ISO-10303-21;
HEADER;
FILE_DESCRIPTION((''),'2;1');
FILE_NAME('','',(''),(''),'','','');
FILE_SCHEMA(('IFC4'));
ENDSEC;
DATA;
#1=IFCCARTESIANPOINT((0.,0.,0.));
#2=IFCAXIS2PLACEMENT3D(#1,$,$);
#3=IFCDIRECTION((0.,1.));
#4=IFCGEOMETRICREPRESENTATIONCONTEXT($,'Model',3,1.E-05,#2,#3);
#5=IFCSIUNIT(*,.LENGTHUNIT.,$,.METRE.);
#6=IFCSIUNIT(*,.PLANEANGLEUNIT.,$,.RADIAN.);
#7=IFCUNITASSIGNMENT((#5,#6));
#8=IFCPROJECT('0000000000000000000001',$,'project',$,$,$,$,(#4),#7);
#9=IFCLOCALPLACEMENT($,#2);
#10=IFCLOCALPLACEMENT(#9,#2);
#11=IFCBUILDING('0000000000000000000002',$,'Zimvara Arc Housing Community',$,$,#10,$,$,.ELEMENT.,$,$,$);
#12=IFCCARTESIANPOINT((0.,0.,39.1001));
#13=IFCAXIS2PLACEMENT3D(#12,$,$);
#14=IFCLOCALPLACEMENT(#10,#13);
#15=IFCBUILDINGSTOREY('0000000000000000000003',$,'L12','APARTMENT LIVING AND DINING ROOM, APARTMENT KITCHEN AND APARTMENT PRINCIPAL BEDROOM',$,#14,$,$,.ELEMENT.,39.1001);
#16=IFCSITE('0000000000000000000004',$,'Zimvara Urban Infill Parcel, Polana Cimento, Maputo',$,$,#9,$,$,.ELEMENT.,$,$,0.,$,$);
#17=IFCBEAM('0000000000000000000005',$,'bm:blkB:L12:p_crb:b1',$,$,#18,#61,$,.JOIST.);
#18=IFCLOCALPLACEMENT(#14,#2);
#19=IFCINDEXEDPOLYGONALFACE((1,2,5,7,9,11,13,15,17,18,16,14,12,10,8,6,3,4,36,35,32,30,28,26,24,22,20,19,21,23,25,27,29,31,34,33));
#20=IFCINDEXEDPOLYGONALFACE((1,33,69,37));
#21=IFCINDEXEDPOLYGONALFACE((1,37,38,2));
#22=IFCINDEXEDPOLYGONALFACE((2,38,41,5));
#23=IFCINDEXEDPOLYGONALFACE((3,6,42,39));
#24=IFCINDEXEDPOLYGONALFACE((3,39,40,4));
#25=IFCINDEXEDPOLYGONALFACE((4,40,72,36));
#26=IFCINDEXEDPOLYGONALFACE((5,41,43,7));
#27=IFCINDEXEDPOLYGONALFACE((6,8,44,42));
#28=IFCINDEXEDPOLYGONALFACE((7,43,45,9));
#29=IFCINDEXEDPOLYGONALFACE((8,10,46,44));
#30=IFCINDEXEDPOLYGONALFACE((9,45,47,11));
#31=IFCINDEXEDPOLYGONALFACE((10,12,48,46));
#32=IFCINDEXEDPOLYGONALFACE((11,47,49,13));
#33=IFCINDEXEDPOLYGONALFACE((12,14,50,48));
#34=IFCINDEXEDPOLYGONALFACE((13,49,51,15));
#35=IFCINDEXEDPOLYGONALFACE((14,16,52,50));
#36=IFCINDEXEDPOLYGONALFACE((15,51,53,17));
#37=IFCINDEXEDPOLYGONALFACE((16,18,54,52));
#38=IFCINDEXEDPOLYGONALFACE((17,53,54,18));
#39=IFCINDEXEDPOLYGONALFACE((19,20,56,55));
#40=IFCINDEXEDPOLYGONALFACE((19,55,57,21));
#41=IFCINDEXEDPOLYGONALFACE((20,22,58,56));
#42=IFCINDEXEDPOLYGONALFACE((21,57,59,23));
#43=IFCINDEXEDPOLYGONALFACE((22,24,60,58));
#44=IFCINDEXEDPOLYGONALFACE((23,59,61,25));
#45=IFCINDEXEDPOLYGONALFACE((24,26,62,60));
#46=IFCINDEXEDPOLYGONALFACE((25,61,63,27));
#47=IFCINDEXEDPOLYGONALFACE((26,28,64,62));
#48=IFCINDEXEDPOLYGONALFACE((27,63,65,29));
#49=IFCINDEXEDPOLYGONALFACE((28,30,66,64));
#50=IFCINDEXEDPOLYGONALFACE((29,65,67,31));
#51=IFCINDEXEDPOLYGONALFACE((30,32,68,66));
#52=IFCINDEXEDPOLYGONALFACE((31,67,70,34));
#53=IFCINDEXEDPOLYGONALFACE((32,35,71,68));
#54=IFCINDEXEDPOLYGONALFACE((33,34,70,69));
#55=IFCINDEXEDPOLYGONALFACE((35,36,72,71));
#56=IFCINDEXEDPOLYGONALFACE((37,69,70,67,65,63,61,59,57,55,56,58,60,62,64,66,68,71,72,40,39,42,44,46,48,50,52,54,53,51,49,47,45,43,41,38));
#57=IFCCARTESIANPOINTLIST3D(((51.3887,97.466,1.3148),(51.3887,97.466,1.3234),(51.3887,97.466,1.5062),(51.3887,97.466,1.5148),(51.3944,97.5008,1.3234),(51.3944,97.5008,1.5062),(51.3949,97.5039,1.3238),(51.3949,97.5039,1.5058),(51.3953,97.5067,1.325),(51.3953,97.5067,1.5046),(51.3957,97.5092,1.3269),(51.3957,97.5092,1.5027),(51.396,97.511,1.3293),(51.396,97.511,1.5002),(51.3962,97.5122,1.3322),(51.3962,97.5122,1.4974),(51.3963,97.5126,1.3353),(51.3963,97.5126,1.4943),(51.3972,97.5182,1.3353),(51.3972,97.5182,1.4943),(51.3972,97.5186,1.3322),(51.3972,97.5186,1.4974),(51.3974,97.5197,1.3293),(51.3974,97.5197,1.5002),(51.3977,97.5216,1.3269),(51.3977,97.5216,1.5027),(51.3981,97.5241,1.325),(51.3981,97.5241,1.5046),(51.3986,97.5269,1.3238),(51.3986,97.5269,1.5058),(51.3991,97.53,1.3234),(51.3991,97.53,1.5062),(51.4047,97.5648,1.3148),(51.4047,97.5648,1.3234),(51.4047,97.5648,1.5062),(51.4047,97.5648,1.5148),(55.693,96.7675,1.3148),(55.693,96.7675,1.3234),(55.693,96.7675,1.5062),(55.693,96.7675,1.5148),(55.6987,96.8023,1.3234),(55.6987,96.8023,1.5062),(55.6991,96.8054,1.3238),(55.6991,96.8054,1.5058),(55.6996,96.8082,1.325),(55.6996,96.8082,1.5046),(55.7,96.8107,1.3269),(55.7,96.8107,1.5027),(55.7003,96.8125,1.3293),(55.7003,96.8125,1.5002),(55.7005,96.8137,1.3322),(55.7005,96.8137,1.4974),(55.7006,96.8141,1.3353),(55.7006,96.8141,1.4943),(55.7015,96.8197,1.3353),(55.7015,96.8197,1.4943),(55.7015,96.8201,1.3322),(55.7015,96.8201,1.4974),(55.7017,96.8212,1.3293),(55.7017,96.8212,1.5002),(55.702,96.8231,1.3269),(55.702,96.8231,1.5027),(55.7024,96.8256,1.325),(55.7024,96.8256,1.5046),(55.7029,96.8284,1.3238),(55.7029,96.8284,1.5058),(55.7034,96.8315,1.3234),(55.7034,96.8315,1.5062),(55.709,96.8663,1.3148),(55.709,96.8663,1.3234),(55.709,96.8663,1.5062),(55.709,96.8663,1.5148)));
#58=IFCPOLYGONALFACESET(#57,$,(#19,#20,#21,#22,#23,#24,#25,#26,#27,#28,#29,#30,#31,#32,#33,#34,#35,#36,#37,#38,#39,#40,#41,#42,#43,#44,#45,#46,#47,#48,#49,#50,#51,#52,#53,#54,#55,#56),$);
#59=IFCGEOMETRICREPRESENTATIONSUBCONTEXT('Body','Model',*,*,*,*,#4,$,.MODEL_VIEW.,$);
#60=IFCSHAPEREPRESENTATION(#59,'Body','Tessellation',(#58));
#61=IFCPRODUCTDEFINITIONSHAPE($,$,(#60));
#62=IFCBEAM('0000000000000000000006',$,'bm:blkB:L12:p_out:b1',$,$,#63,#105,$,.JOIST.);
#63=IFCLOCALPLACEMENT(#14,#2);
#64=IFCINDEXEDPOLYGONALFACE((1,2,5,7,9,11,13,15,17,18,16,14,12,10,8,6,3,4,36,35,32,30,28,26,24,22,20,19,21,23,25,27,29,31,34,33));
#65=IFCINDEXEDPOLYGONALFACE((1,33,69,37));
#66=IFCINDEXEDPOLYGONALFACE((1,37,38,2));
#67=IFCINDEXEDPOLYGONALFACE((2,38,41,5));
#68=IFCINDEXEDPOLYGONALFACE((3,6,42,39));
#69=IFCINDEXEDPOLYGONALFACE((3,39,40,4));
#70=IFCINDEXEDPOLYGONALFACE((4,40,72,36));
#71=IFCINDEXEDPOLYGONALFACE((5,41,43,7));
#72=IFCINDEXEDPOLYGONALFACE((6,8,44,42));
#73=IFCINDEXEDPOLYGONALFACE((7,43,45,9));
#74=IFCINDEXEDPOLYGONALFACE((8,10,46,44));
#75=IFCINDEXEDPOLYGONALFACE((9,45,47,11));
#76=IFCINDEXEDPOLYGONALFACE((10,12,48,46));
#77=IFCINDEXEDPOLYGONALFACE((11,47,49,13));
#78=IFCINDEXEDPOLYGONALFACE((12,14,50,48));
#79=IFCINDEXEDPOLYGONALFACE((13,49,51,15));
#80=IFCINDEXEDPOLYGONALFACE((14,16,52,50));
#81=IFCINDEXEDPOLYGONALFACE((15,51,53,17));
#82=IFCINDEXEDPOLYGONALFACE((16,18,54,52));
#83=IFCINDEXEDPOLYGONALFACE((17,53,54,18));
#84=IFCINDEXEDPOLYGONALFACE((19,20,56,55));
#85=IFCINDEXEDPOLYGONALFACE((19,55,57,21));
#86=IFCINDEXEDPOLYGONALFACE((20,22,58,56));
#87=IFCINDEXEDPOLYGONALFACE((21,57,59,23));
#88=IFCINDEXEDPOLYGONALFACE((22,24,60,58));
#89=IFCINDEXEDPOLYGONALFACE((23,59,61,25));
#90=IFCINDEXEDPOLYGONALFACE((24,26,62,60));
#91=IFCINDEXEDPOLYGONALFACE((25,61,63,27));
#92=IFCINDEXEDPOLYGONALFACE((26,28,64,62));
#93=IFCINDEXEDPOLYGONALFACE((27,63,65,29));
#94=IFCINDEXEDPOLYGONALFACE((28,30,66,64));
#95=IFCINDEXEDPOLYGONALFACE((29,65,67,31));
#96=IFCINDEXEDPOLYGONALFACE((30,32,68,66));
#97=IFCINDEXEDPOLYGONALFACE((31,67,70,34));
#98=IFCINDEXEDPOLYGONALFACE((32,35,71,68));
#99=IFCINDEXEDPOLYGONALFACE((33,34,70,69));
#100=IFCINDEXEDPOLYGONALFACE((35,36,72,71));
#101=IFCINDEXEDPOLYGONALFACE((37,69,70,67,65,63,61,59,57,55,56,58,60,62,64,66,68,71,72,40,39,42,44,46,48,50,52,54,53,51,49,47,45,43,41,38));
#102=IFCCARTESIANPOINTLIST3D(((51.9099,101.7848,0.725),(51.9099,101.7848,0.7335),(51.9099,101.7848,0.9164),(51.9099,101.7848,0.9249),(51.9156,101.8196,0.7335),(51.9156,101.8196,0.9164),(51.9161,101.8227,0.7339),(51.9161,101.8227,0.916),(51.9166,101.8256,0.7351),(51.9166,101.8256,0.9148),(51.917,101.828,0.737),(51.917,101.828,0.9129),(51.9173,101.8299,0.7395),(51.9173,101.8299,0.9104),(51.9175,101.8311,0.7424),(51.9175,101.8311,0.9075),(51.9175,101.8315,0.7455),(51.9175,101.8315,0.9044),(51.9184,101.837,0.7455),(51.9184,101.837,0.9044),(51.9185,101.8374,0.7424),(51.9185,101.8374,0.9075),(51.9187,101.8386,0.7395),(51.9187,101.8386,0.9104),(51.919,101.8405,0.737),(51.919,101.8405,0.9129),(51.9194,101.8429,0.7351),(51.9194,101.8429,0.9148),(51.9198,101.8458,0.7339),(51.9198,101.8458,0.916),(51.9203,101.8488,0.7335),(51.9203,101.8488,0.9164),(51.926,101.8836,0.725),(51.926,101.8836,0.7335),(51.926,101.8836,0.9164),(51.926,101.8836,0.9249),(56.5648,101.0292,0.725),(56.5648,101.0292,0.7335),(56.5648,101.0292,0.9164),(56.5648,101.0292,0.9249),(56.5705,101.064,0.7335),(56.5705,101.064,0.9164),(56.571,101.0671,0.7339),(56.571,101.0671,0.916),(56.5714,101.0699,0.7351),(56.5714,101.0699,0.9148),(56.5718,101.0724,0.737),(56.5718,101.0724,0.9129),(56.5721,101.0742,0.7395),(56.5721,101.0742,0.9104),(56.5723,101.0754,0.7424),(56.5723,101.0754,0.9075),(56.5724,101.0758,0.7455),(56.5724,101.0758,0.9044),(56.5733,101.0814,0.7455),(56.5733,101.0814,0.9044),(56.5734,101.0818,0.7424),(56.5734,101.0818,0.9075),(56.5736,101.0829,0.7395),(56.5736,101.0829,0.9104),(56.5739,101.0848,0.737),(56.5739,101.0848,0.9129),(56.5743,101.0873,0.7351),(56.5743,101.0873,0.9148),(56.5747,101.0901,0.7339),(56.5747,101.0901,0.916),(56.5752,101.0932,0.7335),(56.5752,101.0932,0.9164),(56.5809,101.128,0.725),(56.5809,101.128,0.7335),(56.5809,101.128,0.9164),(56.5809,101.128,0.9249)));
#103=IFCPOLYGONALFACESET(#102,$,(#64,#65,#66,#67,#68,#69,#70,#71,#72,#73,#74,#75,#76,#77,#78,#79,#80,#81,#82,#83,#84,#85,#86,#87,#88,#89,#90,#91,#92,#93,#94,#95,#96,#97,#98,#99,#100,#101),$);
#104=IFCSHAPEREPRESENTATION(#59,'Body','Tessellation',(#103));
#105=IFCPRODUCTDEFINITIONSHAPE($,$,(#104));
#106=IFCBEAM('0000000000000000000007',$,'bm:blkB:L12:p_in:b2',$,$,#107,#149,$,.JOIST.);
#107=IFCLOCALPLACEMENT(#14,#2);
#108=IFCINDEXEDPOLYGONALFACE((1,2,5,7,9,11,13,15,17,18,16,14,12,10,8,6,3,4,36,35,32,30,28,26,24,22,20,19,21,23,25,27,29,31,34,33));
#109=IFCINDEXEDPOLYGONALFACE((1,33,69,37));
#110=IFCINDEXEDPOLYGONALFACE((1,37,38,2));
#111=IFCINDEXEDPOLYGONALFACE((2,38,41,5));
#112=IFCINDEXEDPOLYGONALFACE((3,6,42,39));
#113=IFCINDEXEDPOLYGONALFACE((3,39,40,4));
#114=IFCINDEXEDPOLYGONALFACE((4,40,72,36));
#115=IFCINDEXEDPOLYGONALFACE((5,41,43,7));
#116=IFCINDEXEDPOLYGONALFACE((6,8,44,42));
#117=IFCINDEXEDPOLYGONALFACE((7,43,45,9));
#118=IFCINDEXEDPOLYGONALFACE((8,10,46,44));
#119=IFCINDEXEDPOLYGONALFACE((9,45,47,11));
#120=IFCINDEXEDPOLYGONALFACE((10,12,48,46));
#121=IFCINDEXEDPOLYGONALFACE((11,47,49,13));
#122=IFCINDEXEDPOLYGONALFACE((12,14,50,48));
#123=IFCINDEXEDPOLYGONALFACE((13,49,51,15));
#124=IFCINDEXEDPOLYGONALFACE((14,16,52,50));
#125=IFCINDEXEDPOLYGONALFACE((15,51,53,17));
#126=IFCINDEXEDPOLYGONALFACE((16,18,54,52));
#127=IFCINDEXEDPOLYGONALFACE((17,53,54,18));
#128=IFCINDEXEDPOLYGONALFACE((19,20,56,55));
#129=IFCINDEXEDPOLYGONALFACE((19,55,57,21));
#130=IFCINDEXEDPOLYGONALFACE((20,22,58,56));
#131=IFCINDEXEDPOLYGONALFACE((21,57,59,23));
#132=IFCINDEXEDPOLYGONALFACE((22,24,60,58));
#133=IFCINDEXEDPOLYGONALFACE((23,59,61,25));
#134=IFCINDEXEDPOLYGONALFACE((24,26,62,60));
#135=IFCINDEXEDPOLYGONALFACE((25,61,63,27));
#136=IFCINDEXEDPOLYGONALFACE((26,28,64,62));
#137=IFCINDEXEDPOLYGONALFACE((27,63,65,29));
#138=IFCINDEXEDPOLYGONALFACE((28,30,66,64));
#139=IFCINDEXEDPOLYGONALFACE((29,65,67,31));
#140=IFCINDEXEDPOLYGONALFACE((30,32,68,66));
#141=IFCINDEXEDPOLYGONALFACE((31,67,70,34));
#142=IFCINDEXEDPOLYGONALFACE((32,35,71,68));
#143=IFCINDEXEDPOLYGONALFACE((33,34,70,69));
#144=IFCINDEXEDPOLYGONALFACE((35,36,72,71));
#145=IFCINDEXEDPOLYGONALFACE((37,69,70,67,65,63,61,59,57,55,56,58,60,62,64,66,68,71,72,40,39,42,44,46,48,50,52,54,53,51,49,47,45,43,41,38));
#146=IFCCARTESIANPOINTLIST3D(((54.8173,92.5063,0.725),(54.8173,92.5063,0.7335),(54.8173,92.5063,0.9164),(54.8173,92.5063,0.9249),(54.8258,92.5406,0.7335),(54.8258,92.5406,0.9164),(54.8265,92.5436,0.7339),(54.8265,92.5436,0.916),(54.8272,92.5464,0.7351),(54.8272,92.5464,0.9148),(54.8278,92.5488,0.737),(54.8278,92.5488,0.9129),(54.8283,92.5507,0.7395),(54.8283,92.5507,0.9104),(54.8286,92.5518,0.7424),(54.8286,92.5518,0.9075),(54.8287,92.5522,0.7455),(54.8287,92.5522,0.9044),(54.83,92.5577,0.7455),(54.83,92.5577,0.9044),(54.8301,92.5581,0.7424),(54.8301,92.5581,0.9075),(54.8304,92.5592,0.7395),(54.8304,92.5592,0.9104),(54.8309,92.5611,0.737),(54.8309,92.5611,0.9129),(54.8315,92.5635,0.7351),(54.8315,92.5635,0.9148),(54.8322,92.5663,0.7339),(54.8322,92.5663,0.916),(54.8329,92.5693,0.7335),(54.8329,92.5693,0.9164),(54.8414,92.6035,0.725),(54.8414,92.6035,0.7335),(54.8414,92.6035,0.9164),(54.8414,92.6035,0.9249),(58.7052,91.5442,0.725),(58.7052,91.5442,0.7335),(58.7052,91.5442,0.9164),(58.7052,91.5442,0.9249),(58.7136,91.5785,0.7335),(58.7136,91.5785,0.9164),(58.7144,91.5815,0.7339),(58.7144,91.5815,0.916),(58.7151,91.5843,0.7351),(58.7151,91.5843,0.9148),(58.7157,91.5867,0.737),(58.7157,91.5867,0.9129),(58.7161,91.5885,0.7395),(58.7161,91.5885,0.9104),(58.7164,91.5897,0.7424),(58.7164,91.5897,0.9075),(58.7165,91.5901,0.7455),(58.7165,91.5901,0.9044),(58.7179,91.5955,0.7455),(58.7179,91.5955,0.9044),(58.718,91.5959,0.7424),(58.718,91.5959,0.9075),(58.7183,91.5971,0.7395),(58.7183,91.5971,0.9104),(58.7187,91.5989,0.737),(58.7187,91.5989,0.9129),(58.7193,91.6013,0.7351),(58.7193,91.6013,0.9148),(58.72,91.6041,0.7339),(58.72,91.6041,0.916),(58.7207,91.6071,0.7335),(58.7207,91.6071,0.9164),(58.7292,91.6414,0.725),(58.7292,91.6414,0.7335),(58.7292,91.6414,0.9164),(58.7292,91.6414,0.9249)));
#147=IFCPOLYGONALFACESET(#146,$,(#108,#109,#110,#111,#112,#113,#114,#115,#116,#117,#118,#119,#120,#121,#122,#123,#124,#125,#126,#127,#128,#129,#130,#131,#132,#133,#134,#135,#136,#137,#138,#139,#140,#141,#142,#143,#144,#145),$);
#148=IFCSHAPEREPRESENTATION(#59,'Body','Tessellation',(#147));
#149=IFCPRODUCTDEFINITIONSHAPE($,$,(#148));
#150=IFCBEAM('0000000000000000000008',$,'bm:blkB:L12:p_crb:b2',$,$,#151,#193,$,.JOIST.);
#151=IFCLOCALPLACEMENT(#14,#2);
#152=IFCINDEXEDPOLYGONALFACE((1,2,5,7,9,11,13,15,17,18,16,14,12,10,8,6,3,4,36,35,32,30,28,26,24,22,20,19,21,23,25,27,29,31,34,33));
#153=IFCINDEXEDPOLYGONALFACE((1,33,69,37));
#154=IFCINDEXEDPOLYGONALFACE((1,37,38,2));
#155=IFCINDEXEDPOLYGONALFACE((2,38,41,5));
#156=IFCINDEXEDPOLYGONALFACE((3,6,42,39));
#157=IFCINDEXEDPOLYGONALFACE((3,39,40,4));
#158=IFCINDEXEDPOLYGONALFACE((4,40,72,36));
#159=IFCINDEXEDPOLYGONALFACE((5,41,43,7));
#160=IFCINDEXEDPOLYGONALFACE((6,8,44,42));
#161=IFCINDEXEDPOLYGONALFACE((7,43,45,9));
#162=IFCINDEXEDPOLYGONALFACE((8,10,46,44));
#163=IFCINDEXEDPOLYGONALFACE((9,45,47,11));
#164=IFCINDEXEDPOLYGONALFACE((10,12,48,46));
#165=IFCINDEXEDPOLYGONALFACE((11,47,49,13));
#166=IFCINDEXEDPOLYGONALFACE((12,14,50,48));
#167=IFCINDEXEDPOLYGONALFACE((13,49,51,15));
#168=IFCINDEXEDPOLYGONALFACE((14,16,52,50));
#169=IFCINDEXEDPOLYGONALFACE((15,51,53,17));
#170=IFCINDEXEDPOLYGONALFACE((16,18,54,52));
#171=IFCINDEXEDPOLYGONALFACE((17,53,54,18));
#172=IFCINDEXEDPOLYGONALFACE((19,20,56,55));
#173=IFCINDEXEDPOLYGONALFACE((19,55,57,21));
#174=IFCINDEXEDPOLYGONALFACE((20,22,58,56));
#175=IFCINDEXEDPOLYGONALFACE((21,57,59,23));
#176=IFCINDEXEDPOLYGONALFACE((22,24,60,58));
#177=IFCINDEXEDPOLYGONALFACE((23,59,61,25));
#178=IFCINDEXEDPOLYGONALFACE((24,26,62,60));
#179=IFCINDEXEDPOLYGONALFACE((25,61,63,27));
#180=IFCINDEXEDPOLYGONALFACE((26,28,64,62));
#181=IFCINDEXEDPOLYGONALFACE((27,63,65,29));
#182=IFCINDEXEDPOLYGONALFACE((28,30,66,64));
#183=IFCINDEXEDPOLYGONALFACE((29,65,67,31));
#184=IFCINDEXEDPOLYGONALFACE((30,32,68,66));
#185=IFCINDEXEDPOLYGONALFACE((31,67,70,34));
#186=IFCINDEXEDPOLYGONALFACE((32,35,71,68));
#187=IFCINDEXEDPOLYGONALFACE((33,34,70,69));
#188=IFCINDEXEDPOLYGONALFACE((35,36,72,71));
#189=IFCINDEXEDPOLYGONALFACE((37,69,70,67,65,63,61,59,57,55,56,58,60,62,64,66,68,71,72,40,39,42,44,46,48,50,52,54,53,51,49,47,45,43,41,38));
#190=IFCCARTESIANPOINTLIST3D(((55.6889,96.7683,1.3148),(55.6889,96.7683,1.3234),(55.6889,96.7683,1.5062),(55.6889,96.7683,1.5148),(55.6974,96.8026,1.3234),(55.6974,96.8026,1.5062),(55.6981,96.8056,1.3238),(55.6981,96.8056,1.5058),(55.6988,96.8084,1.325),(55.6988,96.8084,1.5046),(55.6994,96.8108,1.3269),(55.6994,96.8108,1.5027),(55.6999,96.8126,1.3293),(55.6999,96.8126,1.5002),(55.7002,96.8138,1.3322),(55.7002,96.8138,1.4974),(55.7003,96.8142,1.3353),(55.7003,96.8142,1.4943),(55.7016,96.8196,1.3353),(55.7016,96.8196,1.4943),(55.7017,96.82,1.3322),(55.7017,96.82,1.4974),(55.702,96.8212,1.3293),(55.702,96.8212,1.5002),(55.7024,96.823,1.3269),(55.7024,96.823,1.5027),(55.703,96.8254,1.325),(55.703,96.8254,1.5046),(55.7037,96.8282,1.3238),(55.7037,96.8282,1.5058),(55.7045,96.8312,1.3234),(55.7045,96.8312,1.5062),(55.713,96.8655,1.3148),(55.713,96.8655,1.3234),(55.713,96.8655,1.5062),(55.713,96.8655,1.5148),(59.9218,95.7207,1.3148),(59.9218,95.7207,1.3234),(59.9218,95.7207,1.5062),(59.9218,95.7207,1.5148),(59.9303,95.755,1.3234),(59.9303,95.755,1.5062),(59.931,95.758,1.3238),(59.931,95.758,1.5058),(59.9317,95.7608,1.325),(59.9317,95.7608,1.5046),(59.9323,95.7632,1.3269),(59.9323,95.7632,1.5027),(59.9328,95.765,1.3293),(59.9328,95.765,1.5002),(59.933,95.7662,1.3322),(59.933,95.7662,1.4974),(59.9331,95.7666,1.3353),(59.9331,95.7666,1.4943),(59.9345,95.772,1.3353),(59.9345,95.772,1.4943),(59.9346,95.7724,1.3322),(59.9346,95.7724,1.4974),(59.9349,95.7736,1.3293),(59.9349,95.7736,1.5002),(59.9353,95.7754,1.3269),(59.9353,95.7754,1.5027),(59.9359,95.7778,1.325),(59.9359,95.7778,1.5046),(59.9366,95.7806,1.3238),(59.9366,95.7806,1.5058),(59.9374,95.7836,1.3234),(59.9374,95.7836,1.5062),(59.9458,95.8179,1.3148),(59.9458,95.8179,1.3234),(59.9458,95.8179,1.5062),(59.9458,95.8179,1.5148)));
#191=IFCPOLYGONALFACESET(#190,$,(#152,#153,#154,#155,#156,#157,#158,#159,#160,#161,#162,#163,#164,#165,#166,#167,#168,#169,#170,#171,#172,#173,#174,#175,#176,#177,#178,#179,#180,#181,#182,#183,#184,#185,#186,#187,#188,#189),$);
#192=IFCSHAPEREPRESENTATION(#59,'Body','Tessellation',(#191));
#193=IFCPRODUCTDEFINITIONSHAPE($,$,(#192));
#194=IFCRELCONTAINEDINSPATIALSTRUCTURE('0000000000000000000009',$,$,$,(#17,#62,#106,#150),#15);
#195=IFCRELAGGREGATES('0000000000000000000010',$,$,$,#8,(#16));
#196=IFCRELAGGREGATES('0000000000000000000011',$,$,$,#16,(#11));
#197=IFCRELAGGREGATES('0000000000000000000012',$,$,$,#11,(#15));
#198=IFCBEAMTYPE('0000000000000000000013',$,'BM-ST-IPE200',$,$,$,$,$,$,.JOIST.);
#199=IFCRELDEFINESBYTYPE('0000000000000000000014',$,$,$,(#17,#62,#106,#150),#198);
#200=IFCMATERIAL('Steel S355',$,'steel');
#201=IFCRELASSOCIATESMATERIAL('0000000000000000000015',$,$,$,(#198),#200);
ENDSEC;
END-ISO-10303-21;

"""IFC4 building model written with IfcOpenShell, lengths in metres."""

from ifc_helpers import new_model, si_unit, direction, frame, origin, origin_2d, place, context, subcontext, project, spatial, i_section, extrude, material, material_profile, profile_set, type_object, element, save


model = new_model("IFC4")

# Units and contexts
model_context = context("Model", 3, precision=1e-05, world=origin(), true_north=direction((0.0, 1.0)))
body_context = subcontext(model_context, "Body", "Model", "MODEL_VIEW")
ifc_project = project(units=[si_unit("LENGTHUNIT", "METRE"), si_unit("PLANEANGLEUNIT", "RADIAN")], contexts=[model_context])

# Site, building, storey
site_placement = place(None, origin())
site = spatial("IfcSite", under=ifc_project, at=site_placement, Name="Zimvara Urban Infill Parcel, Polana Cimento, Maputo", CompositionType="ELEMENT", RefElevation=0.0)
building_placement = place(site_placement, origin())
building = spatial("IfcBuilding", under=site, at=building_placement, Name="Zimvara Arc Housing Community", CompositionType="ELEMENT")
storey_placement = place(building_placement, frame((0.0, 0.0, 39.1001)))
storey = spatial("IfcBuildingStorey", under=building, at=storey_placement, Name="L12", Description="APARTMENT LIVING AND DINING ROOM, APARTMENT KITCHEN AND APARTMENT PRINCIPAL BEDROOM", CompositionType="ELEMENT", Elevation=39.1001)

# Beams
ifc_material_1 = material(Name="Steel S355", Category="steel")
ifc_material_profile_1 = material_profile(ifc_material_1, i_section(OverallWidth=0.1001, OverallDepth=0.2, WebThickness=0.0056, FlangeThickness=0.0085, FilletRadius=0.012, at=origin_2d()), Name="IPE 200")
ifc_profile_set_1 = profile_set([ifc_material_profile_1], Name="Steel S355")
beam_type_1 = type_object("IfcBeamType", Name="BM-ST-IPE200", PredefinedType="JOIST", material=ifc_profile_set_1)
beam_1_placement = place(storey_placement, frame((51.3967, 97.5154, 1.4148), z_axis=(0.987087, -0.160185, 0.0), x_axis=(0.160185, 0.987087, 0.0)))
element("IfcBeam", 1, at=beam_1_placement, inside=storey, type_object=beam_type_1, Name="bm:blkB:L12:p_crb:b1", PredefinedType="JOIST", context=body_context, shape_type="SweptSolid", body=[
    extrude(i_section(OverallWidth=0.1001, OverallDepth=0.2, WebThickness=0.0056, FlangeThickness=0.0085, FilletRadius=0.012, at=origin_2d()), origin(), (0.0, 0.0, 1.0), 4.3606),
])
beam_2_placement = place(storey_placement, frame((51.918, 101.8342, 0.825), z_axis=(0.987079, -0.160233, 0.0), x_axis=(0.160233, 0.987079, 0.0)))
element("IfcBeam", 2, at=beam_2_placement, inside=storey, type_object=beam_type_1, Name="bm:blkB:L12:p_out:b1", PredefinedType="JOIST", context=body_context, shape_type="SweptSolid", body=[
    extrude(i_section(OverallWidth=0.1001, OverallDepth=0.2, WebThickness=0.0056, FlangeThickness=0.0085, FilletRadius=0.012, at=origin_2d()), origin(), (0.0, 0.0, 1.0), 4.7158),
])
beam_3_placement = place(storey_placement, frame((54.8293, 92.5549, 0.825), z_axis=(0.970717, -0.240226, 0.0), x_axis=(0.240226, 0.970717, 0.0)))
element("IfcBeam", 3, at=beam_3_placement, inside=storey, type_object=beam_type_1, Name="bm:blkB:L12:p_in:b2", PredefinedType="JOIST", context=body_context, shape_type="SweptSolid", body=[
    extrude(i_section(OverallWidth=0.1001, OverallDepth=0.2, WebThickness=0.0056, FlangeThickness=0.0085, FilletRadius=0.012, at=origin_2d()), origin(), (0.0, 0.0, 1.0), 4.0051),
])
beam_4_placement = place(storey_placement, frame((55.7009, 96.8169, 1.4148), z_axis=(0.970713, -0.240243, 0.0), x_axis=(0.240243, 0.970713, 0.0)))
element("IfcBeam", 4, at=beam_4_placement, inside=storey, type_object=beam_type_1, Name="bm:blkB:L12:p_crb:b2", PredefinedType="JOIST", context=body_context, shape_type="SweptSolid", body=[
    extrude(i_section(OverallWidth=0.1001, OverallDepth=0.2, WebThickness=0.0056, FlangeThickness=0.0085, FilletRadius=0.012, at=origin_2d()), origin(), (0.0, 0.0, 1.0), 4.3606),
])

save(model, "model.ifc")
